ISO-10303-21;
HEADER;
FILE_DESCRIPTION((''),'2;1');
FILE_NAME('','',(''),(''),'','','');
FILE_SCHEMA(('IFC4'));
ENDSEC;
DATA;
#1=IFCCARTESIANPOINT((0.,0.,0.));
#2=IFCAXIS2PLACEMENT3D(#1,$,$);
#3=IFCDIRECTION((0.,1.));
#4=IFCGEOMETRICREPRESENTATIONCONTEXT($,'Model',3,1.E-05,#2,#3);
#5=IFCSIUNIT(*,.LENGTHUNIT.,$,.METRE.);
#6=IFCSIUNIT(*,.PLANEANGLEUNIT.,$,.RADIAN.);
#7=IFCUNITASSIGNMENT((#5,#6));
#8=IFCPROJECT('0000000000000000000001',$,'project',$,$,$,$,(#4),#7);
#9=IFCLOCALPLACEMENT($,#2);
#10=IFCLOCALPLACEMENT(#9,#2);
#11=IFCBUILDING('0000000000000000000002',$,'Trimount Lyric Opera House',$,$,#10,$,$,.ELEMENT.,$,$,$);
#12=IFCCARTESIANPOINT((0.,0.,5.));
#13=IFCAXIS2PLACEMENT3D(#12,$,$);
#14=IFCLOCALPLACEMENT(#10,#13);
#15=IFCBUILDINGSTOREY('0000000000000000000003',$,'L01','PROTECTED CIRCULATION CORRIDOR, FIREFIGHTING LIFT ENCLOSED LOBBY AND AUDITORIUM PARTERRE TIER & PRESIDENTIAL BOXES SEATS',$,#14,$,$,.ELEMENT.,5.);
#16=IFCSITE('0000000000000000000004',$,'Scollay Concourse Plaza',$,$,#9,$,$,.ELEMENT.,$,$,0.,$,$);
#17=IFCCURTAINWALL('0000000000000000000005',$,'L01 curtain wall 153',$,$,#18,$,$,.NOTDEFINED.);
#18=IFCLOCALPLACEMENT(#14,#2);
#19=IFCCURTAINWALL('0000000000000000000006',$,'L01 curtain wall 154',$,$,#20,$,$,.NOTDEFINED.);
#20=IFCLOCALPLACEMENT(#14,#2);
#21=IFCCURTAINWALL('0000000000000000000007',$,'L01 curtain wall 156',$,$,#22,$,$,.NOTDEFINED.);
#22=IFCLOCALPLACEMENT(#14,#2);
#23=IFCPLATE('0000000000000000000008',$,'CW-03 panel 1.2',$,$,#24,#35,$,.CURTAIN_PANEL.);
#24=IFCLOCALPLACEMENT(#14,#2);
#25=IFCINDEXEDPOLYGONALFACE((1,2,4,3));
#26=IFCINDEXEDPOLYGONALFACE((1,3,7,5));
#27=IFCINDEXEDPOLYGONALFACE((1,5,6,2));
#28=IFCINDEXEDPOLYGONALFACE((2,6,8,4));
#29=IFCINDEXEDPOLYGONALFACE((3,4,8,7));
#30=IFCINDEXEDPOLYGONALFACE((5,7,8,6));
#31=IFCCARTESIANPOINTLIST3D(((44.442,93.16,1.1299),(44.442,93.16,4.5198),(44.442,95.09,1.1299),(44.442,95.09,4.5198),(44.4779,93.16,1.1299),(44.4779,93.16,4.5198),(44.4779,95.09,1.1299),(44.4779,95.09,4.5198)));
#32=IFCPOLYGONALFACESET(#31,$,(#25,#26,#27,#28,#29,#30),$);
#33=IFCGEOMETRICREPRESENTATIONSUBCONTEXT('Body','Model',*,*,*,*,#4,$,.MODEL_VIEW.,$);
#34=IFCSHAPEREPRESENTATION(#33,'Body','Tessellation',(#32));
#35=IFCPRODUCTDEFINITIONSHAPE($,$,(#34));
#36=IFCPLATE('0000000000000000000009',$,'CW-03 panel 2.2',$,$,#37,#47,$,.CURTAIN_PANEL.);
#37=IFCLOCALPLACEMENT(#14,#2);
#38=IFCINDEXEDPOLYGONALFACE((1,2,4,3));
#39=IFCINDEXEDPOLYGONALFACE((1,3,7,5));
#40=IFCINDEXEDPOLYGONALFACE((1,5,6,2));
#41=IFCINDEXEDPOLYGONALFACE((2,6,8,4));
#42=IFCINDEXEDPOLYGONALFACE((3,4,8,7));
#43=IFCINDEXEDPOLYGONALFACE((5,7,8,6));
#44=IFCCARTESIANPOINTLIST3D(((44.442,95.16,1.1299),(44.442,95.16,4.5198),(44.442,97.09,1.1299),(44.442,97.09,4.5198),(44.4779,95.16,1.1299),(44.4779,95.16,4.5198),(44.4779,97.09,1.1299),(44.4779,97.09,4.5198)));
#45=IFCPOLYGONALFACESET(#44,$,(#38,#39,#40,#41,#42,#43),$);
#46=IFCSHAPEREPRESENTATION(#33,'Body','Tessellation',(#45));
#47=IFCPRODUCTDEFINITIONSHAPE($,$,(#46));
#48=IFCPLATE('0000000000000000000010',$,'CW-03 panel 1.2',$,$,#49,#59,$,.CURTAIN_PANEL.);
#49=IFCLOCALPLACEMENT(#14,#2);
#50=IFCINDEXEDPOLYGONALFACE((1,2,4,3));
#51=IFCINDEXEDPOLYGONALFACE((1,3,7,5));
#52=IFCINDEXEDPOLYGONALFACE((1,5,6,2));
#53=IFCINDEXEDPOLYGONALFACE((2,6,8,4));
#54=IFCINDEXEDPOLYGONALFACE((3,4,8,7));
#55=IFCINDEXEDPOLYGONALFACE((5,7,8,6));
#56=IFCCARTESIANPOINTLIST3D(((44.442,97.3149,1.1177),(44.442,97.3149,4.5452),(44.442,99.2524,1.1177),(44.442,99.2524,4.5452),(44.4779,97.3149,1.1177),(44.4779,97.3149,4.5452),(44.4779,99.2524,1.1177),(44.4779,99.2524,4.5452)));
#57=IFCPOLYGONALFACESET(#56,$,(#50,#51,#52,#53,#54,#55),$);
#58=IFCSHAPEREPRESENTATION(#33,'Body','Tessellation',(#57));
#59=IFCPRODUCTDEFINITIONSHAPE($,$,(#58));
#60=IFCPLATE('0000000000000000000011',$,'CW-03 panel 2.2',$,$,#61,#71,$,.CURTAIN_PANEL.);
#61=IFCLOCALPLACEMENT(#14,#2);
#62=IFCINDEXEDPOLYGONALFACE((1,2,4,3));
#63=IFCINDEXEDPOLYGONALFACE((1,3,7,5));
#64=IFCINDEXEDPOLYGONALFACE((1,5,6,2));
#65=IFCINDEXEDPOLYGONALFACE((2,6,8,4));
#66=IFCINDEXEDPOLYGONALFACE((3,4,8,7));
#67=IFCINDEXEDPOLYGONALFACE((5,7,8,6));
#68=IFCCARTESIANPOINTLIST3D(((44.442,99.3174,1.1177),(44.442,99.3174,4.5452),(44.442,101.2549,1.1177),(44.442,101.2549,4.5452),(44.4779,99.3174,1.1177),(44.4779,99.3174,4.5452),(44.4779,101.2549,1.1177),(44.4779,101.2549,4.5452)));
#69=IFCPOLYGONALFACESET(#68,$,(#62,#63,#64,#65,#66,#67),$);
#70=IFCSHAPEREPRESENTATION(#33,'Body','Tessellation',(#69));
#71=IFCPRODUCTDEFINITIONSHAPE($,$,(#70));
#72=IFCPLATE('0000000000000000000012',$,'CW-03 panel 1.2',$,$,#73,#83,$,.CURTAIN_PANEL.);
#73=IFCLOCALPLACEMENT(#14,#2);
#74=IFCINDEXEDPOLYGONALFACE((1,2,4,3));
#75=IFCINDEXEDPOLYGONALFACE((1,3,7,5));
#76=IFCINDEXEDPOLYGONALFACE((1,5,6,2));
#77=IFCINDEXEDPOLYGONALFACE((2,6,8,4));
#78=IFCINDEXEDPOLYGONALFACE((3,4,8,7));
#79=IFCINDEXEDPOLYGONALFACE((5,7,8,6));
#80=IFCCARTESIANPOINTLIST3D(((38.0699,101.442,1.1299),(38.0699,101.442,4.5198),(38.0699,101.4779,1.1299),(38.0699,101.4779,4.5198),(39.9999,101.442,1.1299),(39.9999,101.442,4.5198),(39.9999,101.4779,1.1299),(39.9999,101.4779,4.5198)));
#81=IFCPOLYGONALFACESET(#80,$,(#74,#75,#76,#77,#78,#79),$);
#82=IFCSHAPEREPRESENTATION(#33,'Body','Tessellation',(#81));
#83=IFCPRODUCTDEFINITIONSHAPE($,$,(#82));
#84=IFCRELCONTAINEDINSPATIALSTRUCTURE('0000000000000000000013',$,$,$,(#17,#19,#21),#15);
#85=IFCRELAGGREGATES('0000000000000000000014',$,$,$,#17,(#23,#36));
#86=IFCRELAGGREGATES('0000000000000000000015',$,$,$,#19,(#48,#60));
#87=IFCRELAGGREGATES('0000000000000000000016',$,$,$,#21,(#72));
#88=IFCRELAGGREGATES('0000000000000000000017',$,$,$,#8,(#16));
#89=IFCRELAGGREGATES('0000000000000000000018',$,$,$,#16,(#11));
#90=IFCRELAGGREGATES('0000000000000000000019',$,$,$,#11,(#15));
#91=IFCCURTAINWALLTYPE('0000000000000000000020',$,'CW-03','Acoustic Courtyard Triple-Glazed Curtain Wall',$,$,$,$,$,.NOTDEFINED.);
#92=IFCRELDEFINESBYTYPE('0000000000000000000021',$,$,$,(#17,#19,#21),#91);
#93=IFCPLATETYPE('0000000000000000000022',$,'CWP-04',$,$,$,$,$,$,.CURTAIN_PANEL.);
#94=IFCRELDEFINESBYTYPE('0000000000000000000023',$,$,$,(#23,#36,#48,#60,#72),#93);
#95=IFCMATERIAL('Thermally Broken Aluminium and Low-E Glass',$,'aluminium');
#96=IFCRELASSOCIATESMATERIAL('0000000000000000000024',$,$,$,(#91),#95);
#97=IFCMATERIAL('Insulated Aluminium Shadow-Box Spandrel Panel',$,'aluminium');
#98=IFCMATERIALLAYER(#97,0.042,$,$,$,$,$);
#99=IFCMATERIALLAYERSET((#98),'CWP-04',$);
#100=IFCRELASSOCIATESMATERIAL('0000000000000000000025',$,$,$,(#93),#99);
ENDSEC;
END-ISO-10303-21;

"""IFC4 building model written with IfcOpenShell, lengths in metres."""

from ifc_helpers import new_model, si_unit, direction, frame, origin, origin_2d, place, context, subcontext, project, spatial, rectangle, extrude, material, layer, layer_set, type_object, element, aggregate, save


model = new_model("IFC4")

# Units and contexts
model_context = context("Model", 3, precision=1e-05, world=origin(), true_north=direction((0.0, 1.0)))
body_context = subcontext(model_context, "Body", "Model", "MODEL_VIEW")
ifc_project = project(units=[si_unit("LENGTHUNIT", "METRE"), si_unit("PLANEANGLEUNIT", "RADIAN")], contexts=[model_context])

# Site, building, storey
site_placement = place(None, origin())
site = spatial("IfcSite", under=ifc_project, at=site_placement, Name="Scollay Concourse Plaza", CompositionType="ELEMENT", RefElevation=0.0)
building_placement = place(site_placement, origin())
building = spatial("IfcBuilding", under=site, at=building_placement, Name="Trimount Lyric Opera House", CompositionType="ELEMENT")
storey_placement = place(building_placement, frame((0.0, 0.0, 5.0)))
storey = spatial("IfcBuildingStorey", under=building, at=storey_placement, Name="L01", Description="PROTECTED CIRCULATION CORRIDOR, FIREFIGHTING LIFT ENCLOSED LOBBY AND AUDITORIUM PARTERRE TIER & PRESIDENTIAL BOXES SEATS", CompositionType="ELEMENT", Elevation=5.0)

# Curtain walls
ifc_material_1 = material(Name="Thermally Broken Aluminium and Low-E Glass", Category="aluminium")
curtain_wall_type = type_object("IfcCurtainWallType", Name="CW-03", Description="Acoustic Courtyard Triple-Glazed Curtain Wall", PredefinedType="NOTDEFINED", material=ifc_material_1)
curtain_wall_1_placement = place(storey_placement, origin())
curtain_wall_1 = element("IfcCurtainWall", 1, at=curtain_wall_1_placement, inside=storey, type_object=curtain_wall_type, Name="L01 curtain wall 153", PredefinedType="NOTDEFINED")
curtain_wall_2_placement = place(storey_placement, origin())
curtain_wall_2 = element("IfcCurtainWall", 2, at=curtain_wall_2_placement, inside=storey, type_object=curtain_wall_type, Name="L01 curtain wall 154", PredefinedType="NOTDEFINED")

# Curtain wall
curtain_wall_3_placement = place(storey_placement, origin())
curtain_wall_3 = element("IfcCurtainWall", 3, at=curtain_wall_3_placement, inside=storey, type_object=curtain_wall_type, Name="L01 curtain wall 156", PredefinedType="NOTDEFINED")

# Plates
ifc_material_2 = material(Name="Insulated Aluminium Shadow-Box Spandrel Panel", Category="aluminium")
ifc_layer_1 = layer(ifc_material_2, 0.042)
ifc_layer_set_1 = layer_set([ifc_layer_1], Name="CWP-04")
plate_type_1 = type_object("IfcPlateType", Name="CWP-04", PredefinedType="CURTAIN_PANEL", material=ifc_layer_set_1)
plate_1_placement = place(storey_placement, frame((44.46, 94.125, 1.1299), z_axis=(0.0, 0.0, 1.0), x_axis=(0.0, 1.0, 0.0)))
plate_1 = element("IfcPlate", 4, at=plate_1_placement, type_object=plate_type_1, Name="CW-03 panel 1.2", PredefinedType="CURTAIN_PANEL", context=body_context, shape_type="SweptSolid", body=[
    extrude(rectangle(XDim=1.9299, YDim=0.0359, at=origin_2d()), origin(), (0.0, 0.0, 1.0), 3.3899),
])
plate_2_placement = place(storey_placement, frame((44.46, 96.125, 1.1299), z_axis=(0.0, 0.0, 1.0), x_axis=(0.0, 1.0, 0.0)))
plate_2 = element("IfcPlate", 5, at=plate_2_placement, type_object=plate_type_1, Name="CW-03 panel 2.2", PredefinedType="CURTAIN_PANEL", context=body_context, shape_type="SweptSolid", body=[
    extrude(rectangle(XDim=1.9299, YDim=0.0359, at=origin_2d()), origin(), (0.0, 0.0, 1.0), 3.3899),
])
aggregate(curtain_wall_1, [plate_1, plate_2])
plate_3_placement = place(storey_placement, frame((44.46, 98.2837, 1.1177), z_axis=(0.0, 0.0, 1.0), x_axis=(0.0, 1.0, 0.0)))
plate_3 = element("IfcPlate", 6, at=plate_3_placement, type_object=plate_type_1, Name="CW-03 panel 1.2", PredefinedType="CURTAIN_PANEL", context=body_context, shape_type="SweptSolid", body=[
    extrude(rectangle(XDim=1.9375, YDim=0.0359, at=origin_2d()), origin(), (0.0, 0.0, 1.0), 3.4275),
])
plate_4_placement = place(storey_placement, frame((44.46, 100.2861, 1.1177), z_axis=(0.0, 0.0, 1.0), x_axis=(0.0, 1.0, 0.0)))
plate_4 = element("IfcPlate", 7, at=plate_4_placement, type_object=plate_type_1, Name="CW-03 panel 2.2", PredefinedType="CURTAIN_PANEL", context=body_context, shape_type="SweptSolid", body=[
    extrude(rectangle(XDim=1.9375, YDim=0.0359, at=origin_2d()), origin(), (0.0, 0.0, 1.0), 3.4275),
])
aggregate(curtain_wall_2, [plate_3, plate_4])
plate_5_placement = place(storey_placement, frame((39.0349, 101.46, 1.1299), z_axis=(0.0, 0.0, 1.0), x_axis=(-1.0, 0.0, 0.0)))
plate_5 = element("IfcPlate", 8, at=plate_5_placement, type_object=plate_type_1, Name="CW-03 panel 1.2", PredefinedType="CURTAIN_PANEL", context=body_context, shape_type="SweptSolid", body=[
    extrude(rectangle(XDim=1.9299, YDim=0.0359, at=origin_2d()), origin(), (0.0, 0.0, 1.0), 3.3899),
])
aggregate(curtain_wall_3, [plate_5])

save(model, "model.ifc")
